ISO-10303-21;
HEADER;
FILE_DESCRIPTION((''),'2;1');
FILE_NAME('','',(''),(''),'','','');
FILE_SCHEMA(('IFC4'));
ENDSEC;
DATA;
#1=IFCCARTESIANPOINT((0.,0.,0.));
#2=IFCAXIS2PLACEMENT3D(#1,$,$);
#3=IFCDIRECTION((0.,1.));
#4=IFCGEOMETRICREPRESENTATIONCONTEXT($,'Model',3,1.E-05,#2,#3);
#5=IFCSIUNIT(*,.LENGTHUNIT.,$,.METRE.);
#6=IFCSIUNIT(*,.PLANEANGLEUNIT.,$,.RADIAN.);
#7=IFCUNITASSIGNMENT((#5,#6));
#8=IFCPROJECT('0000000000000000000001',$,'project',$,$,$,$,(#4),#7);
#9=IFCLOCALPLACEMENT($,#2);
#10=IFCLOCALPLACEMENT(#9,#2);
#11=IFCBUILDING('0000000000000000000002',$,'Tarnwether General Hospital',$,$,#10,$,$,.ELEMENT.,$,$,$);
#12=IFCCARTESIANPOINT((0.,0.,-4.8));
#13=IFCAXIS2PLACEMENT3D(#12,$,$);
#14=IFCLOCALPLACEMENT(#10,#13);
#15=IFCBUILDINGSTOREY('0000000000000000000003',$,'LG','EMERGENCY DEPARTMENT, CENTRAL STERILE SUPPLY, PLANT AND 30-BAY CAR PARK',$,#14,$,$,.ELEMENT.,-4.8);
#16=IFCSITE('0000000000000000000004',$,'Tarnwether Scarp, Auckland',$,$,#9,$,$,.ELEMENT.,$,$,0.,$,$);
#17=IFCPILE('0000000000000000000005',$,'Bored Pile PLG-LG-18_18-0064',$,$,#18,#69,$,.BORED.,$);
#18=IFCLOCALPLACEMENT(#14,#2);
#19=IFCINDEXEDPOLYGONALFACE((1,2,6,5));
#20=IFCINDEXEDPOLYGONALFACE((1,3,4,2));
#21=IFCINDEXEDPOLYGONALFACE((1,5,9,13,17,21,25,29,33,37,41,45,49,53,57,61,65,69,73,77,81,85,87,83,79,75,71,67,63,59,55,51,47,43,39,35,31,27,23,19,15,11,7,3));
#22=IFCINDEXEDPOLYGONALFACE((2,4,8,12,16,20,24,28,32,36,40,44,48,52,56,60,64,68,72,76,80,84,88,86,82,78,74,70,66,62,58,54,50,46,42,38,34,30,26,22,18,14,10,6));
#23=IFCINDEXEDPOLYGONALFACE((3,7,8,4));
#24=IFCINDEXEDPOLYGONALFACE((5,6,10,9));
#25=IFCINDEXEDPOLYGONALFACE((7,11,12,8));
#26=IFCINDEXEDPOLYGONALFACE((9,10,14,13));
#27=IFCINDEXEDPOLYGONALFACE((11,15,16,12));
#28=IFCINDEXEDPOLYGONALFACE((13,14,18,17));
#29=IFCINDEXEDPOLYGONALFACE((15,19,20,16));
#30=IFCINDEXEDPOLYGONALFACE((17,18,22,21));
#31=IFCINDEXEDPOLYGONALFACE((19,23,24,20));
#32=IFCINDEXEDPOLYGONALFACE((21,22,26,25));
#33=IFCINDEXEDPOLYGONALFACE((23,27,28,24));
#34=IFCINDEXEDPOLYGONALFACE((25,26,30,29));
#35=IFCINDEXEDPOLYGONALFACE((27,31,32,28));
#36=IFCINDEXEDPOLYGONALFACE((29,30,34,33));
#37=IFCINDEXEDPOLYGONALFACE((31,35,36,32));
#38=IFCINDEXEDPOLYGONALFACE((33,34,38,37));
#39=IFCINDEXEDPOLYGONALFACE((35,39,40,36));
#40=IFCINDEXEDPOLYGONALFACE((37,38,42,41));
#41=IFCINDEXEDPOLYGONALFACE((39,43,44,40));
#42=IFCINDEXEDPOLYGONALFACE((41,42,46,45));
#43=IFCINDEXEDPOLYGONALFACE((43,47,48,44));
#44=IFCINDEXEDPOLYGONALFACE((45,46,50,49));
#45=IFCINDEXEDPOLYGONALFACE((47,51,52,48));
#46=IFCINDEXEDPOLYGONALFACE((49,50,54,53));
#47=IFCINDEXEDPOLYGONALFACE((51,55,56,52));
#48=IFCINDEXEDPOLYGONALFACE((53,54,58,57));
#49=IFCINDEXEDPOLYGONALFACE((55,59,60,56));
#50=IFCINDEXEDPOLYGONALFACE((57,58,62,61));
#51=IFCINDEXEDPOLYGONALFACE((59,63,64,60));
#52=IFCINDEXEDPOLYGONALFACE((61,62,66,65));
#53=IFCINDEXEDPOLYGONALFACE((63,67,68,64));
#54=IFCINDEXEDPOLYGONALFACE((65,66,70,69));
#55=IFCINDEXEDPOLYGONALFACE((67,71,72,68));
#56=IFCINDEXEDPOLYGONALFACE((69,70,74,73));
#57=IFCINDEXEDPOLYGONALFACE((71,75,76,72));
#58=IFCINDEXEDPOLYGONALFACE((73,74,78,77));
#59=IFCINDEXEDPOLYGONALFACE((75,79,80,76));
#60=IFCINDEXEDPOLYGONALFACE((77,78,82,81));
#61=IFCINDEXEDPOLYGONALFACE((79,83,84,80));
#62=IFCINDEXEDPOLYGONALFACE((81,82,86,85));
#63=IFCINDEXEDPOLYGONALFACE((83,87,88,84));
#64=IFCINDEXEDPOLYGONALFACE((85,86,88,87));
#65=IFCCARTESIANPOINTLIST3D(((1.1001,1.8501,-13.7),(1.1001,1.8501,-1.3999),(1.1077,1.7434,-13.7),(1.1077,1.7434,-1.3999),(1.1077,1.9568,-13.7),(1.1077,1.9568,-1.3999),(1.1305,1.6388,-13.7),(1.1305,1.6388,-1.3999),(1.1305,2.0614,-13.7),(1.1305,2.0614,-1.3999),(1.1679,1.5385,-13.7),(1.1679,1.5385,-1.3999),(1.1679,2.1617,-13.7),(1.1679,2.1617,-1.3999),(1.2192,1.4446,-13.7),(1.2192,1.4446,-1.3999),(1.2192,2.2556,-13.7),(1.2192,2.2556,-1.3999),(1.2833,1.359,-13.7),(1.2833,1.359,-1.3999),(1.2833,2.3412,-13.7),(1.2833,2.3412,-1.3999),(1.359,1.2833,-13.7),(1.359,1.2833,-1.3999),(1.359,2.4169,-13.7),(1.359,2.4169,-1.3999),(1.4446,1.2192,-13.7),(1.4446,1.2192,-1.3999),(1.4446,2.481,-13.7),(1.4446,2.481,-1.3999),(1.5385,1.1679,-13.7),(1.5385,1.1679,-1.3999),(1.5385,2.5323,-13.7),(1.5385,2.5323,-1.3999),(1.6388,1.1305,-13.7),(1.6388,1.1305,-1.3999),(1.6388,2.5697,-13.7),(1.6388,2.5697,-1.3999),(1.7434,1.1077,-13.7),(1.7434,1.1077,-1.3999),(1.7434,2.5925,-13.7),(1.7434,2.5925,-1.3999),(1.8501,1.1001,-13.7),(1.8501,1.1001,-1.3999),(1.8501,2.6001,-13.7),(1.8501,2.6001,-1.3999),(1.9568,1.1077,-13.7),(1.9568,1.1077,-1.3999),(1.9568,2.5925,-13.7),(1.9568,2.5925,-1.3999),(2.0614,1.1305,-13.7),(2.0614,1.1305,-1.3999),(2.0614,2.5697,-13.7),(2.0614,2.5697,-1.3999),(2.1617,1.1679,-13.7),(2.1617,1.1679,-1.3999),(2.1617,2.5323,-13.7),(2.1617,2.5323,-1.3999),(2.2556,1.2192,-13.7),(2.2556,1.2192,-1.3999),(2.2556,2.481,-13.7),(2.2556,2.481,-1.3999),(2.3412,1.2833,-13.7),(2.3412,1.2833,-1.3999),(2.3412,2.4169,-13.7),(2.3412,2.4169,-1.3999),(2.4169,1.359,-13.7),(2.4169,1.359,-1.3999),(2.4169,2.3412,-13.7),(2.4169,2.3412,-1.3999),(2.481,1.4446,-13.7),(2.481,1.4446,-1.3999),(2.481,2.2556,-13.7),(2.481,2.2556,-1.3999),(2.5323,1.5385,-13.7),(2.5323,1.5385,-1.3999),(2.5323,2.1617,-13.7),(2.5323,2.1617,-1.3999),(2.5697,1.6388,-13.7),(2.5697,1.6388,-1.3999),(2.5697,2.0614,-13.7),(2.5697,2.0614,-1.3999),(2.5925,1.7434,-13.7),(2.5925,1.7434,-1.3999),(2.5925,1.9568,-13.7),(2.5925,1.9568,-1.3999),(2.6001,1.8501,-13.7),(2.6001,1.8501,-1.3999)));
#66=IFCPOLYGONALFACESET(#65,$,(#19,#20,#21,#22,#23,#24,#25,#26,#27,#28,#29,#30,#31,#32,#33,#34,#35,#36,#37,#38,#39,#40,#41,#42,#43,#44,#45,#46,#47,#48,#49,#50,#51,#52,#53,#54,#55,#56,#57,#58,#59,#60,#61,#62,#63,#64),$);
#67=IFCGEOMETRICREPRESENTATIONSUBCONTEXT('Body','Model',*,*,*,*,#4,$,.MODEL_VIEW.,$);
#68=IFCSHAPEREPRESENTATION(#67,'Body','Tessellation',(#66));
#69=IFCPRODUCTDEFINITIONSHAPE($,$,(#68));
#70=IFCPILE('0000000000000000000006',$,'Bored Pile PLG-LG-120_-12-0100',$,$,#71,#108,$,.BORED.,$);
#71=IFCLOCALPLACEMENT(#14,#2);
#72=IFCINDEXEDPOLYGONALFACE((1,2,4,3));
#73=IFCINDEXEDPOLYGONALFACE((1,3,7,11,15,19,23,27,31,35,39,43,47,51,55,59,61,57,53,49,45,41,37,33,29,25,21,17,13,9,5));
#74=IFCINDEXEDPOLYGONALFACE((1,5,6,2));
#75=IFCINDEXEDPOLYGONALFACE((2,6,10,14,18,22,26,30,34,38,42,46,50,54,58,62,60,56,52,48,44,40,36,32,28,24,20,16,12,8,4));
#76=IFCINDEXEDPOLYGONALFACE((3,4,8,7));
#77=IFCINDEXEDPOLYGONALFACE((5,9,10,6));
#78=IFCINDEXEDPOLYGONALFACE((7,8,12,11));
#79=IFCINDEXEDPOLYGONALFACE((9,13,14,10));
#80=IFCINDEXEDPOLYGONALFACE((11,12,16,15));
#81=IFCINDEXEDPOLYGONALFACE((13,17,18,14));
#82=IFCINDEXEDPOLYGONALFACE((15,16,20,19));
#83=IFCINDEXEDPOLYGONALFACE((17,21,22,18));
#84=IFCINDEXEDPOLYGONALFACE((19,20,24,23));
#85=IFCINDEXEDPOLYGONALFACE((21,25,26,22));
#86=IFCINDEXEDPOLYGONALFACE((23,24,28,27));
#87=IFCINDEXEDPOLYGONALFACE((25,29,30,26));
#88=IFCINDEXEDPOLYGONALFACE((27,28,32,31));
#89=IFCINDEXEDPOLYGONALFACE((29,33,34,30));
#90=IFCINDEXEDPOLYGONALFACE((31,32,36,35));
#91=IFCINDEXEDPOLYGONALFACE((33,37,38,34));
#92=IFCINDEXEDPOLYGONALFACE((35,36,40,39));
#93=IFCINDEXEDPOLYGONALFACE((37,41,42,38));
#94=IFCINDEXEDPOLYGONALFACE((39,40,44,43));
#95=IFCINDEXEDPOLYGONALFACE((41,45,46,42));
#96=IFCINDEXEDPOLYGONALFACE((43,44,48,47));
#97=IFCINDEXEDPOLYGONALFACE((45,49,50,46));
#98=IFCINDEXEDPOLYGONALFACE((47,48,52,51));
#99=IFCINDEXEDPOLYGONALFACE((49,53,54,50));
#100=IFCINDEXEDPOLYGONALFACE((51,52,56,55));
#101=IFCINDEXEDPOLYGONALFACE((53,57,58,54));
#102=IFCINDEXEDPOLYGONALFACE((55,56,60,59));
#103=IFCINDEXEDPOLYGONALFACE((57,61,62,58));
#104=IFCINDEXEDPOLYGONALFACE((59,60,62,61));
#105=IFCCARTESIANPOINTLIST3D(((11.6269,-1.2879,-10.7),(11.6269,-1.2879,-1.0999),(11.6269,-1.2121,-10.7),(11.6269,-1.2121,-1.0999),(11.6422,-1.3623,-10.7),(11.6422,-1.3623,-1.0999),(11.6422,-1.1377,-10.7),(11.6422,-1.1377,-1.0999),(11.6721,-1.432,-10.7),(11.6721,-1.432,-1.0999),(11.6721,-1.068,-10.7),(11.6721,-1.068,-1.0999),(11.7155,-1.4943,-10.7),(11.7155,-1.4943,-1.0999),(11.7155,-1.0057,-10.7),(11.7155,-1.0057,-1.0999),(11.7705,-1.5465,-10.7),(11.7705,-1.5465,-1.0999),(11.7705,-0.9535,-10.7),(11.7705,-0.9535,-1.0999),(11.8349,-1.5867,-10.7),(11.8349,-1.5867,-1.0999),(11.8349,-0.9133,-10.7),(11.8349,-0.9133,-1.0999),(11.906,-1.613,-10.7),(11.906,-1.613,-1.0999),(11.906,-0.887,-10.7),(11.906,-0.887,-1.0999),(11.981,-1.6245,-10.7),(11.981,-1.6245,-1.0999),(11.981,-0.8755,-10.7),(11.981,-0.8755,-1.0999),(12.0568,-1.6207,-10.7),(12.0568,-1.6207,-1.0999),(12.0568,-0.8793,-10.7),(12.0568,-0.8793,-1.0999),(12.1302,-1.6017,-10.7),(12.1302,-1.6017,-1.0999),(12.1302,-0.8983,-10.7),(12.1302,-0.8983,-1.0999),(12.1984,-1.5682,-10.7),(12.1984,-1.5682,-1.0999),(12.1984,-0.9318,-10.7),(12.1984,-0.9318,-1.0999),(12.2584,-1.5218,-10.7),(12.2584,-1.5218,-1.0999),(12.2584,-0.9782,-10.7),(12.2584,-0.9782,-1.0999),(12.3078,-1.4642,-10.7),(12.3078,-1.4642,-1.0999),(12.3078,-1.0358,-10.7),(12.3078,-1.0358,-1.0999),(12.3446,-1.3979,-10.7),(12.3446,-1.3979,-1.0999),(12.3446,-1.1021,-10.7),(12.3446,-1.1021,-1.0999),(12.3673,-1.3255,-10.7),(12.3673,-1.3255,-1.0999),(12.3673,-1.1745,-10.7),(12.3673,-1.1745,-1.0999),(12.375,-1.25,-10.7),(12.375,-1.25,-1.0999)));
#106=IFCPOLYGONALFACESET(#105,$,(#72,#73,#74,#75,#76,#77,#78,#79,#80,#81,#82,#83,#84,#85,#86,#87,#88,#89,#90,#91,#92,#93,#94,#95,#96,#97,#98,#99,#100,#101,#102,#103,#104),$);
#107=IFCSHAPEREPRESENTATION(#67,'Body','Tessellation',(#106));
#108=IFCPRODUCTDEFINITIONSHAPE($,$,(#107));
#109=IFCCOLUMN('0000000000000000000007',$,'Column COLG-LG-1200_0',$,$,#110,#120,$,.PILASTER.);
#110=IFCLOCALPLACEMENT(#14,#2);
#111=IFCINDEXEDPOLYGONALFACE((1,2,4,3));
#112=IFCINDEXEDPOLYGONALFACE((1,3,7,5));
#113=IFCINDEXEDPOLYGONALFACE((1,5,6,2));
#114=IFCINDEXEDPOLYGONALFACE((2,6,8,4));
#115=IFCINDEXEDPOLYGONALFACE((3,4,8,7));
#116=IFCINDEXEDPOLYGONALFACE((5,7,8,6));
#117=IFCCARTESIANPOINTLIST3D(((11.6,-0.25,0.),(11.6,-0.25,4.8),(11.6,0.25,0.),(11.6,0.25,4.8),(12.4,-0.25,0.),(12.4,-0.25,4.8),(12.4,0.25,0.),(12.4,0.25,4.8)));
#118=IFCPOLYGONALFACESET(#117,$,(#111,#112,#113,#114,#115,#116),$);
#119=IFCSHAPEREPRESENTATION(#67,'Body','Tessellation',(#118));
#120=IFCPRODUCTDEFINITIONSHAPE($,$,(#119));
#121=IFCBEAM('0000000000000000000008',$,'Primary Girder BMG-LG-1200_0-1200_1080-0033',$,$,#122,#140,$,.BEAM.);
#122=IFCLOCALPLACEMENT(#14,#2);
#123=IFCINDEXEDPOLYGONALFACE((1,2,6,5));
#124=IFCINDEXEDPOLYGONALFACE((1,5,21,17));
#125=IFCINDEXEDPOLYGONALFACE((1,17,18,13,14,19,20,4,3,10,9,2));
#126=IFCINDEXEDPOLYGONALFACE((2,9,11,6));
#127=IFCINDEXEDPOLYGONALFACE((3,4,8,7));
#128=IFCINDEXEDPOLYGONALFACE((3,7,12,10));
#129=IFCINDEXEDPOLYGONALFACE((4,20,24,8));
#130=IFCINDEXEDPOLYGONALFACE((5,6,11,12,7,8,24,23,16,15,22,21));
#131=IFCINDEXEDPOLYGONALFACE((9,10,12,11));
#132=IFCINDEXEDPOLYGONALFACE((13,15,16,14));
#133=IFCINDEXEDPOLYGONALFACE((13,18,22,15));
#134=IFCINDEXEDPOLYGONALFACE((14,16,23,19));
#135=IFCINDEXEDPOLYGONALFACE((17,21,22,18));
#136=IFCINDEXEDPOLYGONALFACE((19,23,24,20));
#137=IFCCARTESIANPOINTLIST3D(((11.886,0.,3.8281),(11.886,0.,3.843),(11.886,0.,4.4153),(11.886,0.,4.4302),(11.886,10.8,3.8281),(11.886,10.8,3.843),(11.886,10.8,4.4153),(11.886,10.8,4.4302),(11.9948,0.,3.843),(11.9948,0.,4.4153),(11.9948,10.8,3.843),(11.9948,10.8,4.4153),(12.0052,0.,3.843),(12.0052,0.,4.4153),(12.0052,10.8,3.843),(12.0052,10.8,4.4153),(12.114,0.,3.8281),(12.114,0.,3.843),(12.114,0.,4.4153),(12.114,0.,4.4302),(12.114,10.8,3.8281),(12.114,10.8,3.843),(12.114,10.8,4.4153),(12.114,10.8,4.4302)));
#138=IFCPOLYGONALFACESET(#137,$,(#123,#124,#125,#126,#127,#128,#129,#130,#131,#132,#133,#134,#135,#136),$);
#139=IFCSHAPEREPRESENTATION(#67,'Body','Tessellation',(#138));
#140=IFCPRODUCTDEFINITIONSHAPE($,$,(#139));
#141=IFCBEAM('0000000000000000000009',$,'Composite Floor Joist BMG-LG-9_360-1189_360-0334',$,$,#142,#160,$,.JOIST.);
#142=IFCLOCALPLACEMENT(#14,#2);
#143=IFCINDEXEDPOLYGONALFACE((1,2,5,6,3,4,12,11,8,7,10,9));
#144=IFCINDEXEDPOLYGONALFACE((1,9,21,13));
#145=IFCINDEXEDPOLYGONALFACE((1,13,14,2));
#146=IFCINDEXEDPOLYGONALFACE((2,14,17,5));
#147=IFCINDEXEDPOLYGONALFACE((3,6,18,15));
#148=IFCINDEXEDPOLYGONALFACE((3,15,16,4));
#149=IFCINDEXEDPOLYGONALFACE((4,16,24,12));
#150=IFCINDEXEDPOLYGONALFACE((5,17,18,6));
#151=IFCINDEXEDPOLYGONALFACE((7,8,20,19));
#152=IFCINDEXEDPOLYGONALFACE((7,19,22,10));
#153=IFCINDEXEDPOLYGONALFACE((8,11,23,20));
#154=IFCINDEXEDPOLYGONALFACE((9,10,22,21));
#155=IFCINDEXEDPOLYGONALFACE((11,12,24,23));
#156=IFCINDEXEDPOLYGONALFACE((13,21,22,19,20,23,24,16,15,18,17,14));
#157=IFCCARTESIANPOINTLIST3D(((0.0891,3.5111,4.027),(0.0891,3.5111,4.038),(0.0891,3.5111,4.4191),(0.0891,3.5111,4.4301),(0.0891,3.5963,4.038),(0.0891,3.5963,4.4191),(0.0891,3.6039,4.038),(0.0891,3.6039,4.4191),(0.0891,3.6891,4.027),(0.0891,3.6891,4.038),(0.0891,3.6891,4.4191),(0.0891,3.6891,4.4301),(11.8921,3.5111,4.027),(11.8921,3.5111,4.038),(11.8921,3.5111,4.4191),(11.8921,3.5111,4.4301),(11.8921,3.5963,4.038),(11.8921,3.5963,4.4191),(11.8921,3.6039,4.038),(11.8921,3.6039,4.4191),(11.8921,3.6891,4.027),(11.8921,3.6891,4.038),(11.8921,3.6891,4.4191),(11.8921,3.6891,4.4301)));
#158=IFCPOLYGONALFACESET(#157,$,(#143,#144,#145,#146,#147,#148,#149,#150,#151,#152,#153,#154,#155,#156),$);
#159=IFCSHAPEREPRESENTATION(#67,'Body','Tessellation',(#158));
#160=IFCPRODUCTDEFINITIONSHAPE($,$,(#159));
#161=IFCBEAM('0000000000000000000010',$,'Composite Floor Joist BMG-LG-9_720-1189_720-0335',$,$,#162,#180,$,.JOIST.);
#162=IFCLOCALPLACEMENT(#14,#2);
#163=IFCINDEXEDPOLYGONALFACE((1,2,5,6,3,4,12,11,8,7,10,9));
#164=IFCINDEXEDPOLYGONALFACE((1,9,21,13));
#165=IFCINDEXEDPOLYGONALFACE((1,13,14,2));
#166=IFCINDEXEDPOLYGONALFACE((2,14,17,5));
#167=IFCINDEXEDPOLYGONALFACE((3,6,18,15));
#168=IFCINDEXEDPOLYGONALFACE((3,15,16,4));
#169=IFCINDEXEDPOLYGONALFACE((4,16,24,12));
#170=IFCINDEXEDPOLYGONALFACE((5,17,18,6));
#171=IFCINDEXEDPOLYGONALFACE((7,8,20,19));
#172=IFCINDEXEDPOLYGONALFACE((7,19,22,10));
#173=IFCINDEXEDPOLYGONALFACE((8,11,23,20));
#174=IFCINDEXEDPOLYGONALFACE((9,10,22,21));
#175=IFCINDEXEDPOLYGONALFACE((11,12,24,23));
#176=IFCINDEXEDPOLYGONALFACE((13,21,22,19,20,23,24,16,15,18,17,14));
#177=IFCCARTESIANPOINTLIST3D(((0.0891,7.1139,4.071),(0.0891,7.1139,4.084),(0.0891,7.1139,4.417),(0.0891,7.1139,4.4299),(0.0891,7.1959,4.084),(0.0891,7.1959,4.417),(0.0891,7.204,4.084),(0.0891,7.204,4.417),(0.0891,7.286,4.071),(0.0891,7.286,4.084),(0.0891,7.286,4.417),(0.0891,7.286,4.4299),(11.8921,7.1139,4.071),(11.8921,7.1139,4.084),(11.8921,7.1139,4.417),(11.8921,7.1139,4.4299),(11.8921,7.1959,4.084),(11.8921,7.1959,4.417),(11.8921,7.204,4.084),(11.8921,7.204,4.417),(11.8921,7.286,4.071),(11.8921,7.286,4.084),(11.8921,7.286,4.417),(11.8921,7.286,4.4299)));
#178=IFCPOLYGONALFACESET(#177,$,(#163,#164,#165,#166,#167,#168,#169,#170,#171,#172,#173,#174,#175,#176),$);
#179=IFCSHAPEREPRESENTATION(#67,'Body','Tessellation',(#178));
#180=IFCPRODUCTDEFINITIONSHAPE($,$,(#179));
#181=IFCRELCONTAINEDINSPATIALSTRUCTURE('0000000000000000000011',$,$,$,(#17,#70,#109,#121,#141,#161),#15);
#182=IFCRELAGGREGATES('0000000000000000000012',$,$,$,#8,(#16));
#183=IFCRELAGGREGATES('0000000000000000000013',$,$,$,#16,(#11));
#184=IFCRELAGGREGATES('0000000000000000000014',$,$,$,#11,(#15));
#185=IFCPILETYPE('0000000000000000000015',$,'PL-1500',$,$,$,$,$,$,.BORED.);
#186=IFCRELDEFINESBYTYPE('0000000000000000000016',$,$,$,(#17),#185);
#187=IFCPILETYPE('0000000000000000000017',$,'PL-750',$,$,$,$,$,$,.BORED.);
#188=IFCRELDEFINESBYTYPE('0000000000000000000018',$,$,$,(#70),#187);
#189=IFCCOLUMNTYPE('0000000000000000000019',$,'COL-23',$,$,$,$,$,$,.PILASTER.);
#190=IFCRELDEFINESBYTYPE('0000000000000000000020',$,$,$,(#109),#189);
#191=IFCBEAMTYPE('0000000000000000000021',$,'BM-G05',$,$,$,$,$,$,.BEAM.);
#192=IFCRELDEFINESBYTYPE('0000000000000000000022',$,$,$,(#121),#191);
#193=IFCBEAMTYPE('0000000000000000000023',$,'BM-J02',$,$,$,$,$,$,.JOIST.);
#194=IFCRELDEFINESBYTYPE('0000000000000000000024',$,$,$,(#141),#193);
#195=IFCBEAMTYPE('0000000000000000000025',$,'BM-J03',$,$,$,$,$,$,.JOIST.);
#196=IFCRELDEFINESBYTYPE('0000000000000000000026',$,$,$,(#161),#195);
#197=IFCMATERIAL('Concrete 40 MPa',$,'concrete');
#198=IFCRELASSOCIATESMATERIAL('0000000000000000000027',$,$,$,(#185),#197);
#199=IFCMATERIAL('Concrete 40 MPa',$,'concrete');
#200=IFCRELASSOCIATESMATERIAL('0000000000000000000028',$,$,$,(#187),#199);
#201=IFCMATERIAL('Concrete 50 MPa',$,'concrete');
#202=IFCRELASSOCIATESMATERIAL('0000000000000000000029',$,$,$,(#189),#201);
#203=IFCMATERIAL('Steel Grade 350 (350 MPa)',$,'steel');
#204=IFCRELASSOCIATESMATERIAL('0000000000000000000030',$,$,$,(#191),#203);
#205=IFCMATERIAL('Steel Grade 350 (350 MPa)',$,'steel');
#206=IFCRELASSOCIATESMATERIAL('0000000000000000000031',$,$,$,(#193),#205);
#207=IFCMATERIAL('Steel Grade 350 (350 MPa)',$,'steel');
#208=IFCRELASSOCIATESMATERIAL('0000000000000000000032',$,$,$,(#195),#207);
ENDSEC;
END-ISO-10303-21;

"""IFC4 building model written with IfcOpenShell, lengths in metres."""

from ifc_helpers import new_model, si_unit, direction, frame, origin, origin_2d, place, context, subcontext, project, spatial, rectangle, circle, i_section, extrude, material, material_profile, profile_set, type_object, element, save


model = new_model("IFC4")

# Units and contexts
model_context = context("Model", 3, precision=1e-05, world=origin(), true_north=direction((0.0, 1.0)))
body_context = subcontext(model_context, "Body", "Model", "MODEL_VIEW")
ifc_project = project(units=[si_unit("LENGTHUNIT", "METRE"), si_unit("PLANEANGLEUNIT", "RADIAN")], contexts=[model_context])

# Site, building, storey
site_placement = place(None, origin())
site = spatial("IfcSite", under=ifc_project, at=site_placement, Name="Tarnwether Scarp, Auckland", CompositionType="ELEMENT", RefElevation=0.0)
building_placement = place(site_placement, origin())
building = spatial("IfcBuilding", under=site, at=building_placement, Name="Tarnwether General Hospital", CompositionType="ELEMENT")
storey_placement = place(building_placement, frame((0.0, 0.0, -4.8)))
storey = spatial("IfcBuildingStorey", under=building, at=storey_placement, Name="LG", Description="EMERGENCY DEPARTMENT, CENTRAL STERILE SUPPLY, PLANT AND 30-BAY CAR PARK", CompositionType="ELEMENT", Elevation=-4.8)

# Piles
ifc_material_1 = material(Name="Concrete 40 MPa", Category="concrete")
ifc_material_profile_1 = material_profile(ifc_material_1, circle(Radius=0.75, at=origin_2d()), Name="PILE-D1500")
ifc_profile_set_1 = profile_set([ifc_material_profile_1], Name="Concrete 40 MPa")
pile_type_1 = type_object("IfcPileType", Name="PL-1500", PredefinedType="BORED", material=ifc_profile_set_1)
for number, where, z_axis, x_axis, name in (
    (1, (1.8501, 1.8501, -1.3999), (0.0, 0.0, -1.0), (1.0, 0.0, 0.0), "Bored Pile PLG-LG-18_18-0064"),
):
    element("IfcPile", number, at=place(storey_placement, frame(where, z_axis=z_axis, x_axis=x_axis)), inside=storey, type_object=pile_type_1, Name=name, PredefinedType="BORED", context=body_context, shape_type="SweptSolid", body=[
        extrude(circle(Radius=0.75, at=origin_2d()), origin(), (0.0, 0.0, 1.0), 12.3),
    ])
ifc_material_2 = material(Name="Concrete 40 MPa", Category="concrete")
ifc_material_profile_2 = material_profile(ifc_material_2, circle(Radius=0.375, at=origin_2d()), Name="PILE-D750")
ifc_profile_set_2 = profile_set([ifc_material_profile_2], Name="Concrete 40 MPa")
pile_type_2 = type_object("IfcPileType", Name="PL-750", PredefinedType="BORED", material=ifc_profile_set_2)
pile_1_placement = place(storey_placement, frame((12.0, -1.25, -1.0999), z_axis=(0.0, 0.0, -1.0), x_axis=(1.0, 0.0, 0.0)))
element("IfcPile", 2, at=pile_1_placement, inside=storey, type_object=pile_type_2, Name="Bored Pile PLG-LG-120_-12-0100", PredefinedType="BORED", context=body_context, shape_type="SweptSolid", body=[
    extrude(circle(Radius=0.375, at=origin_2d()), origin(), (0.0, 0.0, 1.0), 9.6001),
])

# Column
ifc_material_3 = material(Name="Concrete 50 MPa", Category="concrete")
ifc_material_profile_3 = material_profile(ifc_material_3, rectangle(XDim=0.5, YDim=0.8, at=origin_2d()), Name="RC-PIL-500x800")
ifc_profile_set_3 = profile_set([ifc_material_profile_3], Name="Concrete 50 MPa")
column_type = type_object("IfcColumnType", Name="COL-23", PredefinedType="PILASTER", material=ifc_profile_set_3)
column_placement = place(storey_placement, frame((12.0, 0.0, 0.0), z_axis=(0.0, 0.0, 1.0), x_axis=(0.0, 1.0, 0.0)))
element("IfcColumn", 3, at=column_placement, inside=storey, type_object=column_type, Name="Column COLG-LG-1200_0", PredefinedType="PILASTER", context=body_context, shape_type="SweptSolid", body=[
    extrude(rectangle(XDim=0.5, YDim=0.8, at=origin_2d()), origin(), (0.0, 0.0, 1.0), 4.8),
])

# Beams
ifc_material_4 = material(Name="Steel Grade 350 (350 MPa)", Category="steel")
ifc_material_profile_4 = material_profile(ifc_material_4, i_section(OverallWidth=0.228, OverallDepth=0.6021, WebThickness=0.0105, FlangeThickness=0.0149, at=origin_2d()), Name="610UB101")
ifc_profile_set_4 = profile_set([ifc_material_profile_4], Name="Steel Grade 350 (350 MPa)")
beam_type_1 = type_object("IfcBeamType", Name="BM-G05", PredefinedType="BEAM", material=ifc_profile_set_4)
beam_1_placement = place(storey_placement, frame((12.0, 0.0, 4.1292), z_axis=(0.0, 1.0, 0.0), x_axis=(-1.0, 0.0, 0.0)))
element("IfcBeam", 4, at=beam_1_placement, inside=storey, type_object=beam_type_1, Name="Primary Girder BMG-LG-1200_0-1200_1080-0033", PredefinedType="BEAM", context=body_context, shape_type="SweptSolid", body=[
    extrude(i_section(OverallWidth=0.228, OverallDepth=0.6021, WebThickness=0.0105, FlangeThickness=0.0149, at=origin_2d()), origin(), (0.0, 0.0, 1.0), 10.8),
])
ifc_material_5 = material(Name="Steel Grade 350 (350 MPa)", Category="steel")
ifc_material_profile_5 = material_profile(ifc_material_5, i_section(OverallWidth=0.178, OverallDepth=0.4031, WebThickness=0.0076, FlangeThickness=0.011, at=origin_2d()), Name="410UB53.7")
ifc_profile_set_5 = profile_set([ifc_material_profile_5], Name="Steel Grade 350 (350 MPa)")
beam_type_2 = type_object("IfcBeamType", Name="BM-J02", PredefinedType="JOIST", material=ifc_profile_set_5)
beam_2_placement = place(storey_placement, frame((0.0891, 3.6001, 4.2285), z_axis=(1.0, 0.0, 0.0), x_axis=(0.0, 1.0, 0.0)))
element("IfcBeam", 5, at=beam_2_placement, inside=storey, type_object=beam_type_2, Name="Composite Floor Joist BMG-LG-9_360-1189_360-0334", PredefinedType="JOIST", context=body_context, shape_type="SweptSolid", body=[
    extrude(i_section(OverallWidth=0.178, OverallDepth=0.4031, WebThickness=0.0076, FlangeThickness=0.011, at=origin_2d()), origin(), (0.0, 0.0, 1.0), 11.803),
])
ifc_material_6 = material(Name="Steel Grade 350 (350 MPa)", Category="steel")
ifc_material_profile_6 = material_profile(ifc_material_6, i_section(OverallWidth=0.1721, OverallDepth=0.3589, WebThickness=0.0081, FlangeThickness=0.0129, at=origin_2d()), Name="360UB56.7")
ifc_profile_set_6 = profile_set([ifc_material_profile_6], Name="Steel Grade 350 (350 MPa)")
beam_type_3 = type_object("IfcBeamType", Name="BM-J03", PredefinedType="JOIST", material=ifc_profile_set_6)
beam_3_placement = place(storey_placement, frame((0.0891, 7.2, 4.2505), z_axis=(1.0, 0.0, 0.0), x_axis=(0.0, 1.0, 0.0)))
element("IfcBeam", 6, at=beam_3_placement, inside=storey, type_object=beam_type_3, Name="Composite Floor Joist BMG-LG-9_720-1189_720-0335", PredefinedType="JOIST", context=body_context, shape_type="SweptSolid", body=[
    extrude(i_section(OverallWidth=0.1721, OverallDepth=0.3589, WebThickness=0.0081, FlangeThickness=0.0129, at=origin_2d()), origin(), (0.0, 0.0, 1.0), 11.803),
])

save(model, "model.ifc")
